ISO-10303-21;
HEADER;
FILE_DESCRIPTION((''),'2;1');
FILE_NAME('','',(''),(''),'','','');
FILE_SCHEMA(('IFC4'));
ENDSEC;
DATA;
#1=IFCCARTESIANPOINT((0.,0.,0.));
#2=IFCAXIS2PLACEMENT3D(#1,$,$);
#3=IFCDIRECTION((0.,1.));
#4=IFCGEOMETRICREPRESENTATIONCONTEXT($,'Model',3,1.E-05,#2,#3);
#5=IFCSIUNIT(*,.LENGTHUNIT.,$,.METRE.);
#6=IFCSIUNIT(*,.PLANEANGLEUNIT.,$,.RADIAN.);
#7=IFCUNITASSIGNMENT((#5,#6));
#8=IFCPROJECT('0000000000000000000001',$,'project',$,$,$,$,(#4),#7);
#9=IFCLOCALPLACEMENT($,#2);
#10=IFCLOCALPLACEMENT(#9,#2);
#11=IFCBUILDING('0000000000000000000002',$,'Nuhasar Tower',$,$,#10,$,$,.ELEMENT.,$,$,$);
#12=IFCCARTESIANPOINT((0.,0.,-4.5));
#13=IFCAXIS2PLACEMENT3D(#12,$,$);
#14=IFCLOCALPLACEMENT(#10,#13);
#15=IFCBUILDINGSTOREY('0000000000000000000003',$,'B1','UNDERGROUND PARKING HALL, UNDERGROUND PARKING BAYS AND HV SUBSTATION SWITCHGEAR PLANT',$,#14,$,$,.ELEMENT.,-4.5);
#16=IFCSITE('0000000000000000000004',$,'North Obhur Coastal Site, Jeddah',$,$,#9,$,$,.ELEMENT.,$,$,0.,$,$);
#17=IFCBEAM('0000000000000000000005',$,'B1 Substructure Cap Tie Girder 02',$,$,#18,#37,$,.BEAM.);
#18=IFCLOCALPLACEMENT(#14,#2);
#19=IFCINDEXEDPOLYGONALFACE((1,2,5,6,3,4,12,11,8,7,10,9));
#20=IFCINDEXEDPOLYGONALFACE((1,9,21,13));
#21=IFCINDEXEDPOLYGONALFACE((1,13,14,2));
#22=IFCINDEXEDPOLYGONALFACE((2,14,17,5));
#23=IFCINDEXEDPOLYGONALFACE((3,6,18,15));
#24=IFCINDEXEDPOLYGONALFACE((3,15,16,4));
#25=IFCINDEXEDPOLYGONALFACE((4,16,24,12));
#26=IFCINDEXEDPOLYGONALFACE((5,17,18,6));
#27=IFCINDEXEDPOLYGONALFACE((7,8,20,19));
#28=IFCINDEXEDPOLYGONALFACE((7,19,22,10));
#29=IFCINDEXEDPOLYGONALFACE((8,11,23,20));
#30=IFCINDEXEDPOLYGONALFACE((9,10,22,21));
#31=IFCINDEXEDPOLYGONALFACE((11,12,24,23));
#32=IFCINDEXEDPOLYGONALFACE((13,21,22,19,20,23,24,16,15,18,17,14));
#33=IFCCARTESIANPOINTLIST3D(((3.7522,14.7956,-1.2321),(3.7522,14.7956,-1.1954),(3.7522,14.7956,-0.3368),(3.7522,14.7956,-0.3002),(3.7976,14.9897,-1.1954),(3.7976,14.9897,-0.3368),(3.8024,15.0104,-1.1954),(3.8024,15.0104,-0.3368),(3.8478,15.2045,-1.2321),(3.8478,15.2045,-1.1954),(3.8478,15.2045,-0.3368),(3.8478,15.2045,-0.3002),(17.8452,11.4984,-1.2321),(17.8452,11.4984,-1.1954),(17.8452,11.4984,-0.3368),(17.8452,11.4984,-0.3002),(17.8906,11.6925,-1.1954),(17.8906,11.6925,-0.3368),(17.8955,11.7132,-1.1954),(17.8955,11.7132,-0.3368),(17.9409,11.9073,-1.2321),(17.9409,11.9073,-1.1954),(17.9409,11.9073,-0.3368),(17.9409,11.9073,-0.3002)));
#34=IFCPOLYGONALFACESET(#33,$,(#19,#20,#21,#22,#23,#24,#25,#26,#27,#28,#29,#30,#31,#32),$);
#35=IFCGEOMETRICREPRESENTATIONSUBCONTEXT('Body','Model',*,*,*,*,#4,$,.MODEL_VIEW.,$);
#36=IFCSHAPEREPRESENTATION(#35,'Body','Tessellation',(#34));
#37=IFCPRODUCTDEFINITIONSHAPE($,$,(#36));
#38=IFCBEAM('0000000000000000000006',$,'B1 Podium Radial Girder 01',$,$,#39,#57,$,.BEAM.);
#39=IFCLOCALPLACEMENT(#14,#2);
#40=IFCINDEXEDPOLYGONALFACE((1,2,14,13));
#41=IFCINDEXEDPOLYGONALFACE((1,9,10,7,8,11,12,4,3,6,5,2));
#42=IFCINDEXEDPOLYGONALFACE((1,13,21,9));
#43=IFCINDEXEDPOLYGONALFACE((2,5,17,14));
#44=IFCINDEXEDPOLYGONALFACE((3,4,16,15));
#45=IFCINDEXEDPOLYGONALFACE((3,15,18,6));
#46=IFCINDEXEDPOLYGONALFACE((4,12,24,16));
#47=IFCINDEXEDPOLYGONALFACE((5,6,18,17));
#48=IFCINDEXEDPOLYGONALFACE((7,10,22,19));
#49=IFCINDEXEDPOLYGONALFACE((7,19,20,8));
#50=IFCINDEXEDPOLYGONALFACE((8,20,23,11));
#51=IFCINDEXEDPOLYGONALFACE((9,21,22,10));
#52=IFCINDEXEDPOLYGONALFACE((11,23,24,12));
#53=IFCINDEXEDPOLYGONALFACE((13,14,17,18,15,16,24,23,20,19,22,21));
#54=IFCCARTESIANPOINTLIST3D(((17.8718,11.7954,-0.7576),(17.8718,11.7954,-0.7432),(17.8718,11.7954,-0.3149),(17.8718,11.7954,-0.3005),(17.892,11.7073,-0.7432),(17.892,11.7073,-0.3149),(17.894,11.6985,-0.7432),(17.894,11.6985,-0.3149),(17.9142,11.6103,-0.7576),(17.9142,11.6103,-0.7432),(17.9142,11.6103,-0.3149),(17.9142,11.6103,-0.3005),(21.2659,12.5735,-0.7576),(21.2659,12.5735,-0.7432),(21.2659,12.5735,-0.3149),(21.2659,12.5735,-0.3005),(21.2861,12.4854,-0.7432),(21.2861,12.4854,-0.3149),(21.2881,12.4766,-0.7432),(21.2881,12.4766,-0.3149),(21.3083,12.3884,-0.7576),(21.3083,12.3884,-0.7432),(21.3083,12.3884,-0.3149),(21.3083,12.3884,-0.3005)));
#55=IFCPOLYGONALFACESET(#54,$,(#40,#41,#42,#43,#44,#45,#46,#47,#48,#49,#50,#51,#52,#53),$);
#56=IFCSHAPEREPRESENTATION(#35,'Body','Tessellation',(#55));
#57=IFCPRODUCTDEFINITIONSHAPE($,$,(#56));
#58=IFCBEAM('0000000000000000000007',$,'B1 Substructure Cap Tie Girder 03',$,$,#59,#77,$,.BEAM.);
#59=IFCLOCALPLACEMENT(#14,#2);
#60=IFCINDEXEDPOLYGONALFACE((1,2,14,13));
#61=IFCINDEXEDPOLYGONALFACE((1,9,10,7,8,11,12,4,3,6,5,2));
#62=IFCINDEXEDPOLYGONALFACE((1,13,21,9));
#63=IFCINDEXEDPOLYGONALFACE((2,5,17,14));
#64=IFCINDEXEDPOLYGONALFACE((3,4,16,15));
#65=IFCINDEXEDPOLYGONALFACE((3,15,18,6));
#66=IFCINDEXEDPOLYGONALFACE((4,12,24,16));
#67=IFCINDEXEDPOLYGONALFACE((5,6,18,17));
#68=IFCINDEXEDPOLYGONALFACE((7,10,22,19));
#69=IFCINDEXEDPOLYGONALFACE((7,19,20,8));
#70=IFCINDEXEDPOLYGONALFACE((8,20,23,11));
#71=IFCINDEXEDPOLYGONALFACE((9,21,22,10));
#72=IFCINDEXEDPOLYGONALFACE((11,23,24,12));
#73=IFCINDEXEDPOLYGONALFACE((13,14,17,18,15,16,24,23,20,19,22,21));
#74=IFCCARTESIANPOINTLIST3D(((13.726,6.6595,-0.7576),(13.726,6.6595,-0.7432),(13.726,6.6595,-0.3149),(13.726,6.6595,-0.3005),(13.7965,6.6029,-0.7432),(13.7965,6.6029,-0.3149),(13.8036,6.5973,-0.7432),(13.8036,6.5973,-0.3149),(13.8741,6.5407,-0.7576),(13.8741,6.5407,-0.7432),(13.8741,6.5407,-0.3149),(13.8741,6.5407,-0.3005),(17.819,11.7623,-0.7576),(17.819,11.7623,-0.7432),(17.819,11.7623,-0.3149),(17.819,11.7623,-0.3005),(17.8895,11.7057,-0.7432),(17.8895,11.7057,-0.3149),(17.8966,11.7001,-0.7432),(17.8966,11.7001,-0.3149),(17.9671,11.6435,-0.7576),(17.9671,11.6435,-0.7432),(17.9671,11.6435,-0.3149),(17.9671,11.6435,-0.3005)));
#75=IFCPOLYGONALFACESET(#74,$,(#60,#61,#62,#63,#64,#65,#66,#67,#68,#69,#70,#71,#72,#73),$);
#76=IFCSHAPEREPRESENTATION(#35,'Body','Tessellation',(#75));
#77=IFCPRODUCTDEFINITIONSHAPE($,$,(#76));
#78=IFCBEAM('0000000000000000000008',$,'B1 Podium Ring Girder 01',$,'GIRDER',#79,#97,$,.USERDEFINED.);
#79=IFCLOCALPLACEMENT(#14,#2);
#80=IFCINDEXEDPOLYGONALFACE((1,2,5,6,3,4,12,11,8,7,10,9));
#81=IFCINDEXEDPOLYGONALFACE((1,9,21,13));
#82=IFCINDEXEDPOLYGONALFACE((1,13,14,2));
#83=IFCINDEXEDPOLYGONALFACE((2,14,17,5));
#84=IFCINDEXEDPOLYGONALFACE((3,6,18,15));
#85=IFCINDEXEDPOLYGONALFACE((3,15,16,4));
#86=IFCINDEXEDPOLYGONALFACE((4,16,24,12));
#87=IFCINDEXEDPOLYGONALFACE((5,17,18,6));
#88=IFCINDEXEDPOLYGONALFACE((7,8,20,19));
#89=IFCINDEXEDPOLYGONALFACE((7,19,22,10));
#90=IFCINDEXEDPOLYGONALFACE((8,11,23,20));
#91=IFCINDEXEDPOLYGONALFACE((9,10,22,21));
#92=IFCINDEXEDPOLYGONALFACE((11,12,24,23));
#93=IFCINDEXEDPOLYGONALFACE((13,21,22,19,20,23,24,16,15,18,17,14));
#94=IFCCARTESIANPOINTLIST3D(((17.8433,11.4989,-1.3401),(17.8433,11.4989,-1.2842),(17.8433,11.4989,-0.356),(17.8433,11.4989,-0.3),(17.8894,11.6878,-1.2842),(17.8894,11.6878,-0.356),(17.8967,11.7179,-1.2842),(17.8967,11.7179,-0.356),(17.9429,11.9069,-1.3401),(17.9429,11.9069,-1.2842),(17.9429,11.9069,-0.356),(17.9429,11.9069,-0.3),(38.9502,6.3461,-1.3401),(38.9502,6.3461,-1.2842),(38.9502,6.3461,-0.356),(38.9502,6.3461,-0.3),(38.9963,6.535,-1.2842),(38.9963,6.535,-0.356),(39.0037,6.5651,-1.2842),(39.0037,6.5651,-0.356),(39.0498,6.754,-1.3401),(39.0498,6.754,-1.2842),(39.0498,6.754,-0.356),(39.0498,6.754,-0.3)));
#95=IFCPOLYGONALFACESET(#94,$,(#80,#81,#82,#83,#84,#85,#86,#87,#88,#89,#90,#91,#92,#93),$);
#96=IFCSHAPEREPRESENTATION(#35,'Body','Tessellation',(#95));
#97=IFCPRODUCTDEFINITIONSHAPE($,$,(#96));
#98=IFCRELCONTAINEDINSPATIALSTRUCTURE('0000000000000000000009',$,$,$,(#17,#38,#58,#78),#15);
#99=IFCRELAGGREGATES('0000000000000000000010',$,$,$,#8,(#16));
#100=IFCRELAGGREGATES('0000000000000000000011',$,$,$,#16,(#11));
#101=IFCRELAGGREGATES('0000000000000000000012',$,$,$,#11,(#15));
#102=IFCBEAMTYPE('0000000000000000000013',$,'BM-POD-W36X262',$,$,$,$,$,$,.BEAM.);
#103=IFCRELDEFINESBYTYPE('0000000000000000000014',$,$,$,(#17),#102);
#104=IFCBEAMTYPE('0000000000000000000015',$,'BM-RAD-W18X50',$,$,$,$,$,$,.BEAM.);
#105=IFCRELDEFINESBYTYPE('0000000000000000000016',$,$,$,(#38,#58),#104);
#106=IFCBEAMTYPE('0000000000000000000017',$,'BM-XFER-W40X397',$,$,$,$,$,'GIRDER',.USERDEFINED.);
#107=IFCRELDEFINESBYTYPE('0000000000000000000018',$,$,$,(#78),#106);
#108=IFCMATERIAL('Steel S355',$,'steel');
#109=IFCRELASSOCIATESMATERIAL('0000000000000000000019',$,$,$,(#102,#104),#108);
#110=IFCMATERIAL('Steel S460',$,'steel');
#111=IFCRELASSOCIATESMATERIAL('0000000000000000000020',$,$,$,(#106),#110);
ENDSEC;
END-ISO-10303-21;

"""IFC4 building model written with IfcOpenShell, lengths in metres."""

from ifc_helpers import new_model, si_unit, direction, frame, origin, origin_2d, place, context, subcontext, project, spatial, i_section, extrude, material, material_profile, profile_set, type_object, element, save


model = new_model("IFC4")

# Units and contexts
model_context = context("Model", 3, precision=1e-05, world=origin(), true_north=direction((0.0, 1.0)))
body_context = subcontext(model_context, "Body", "Model", "MODEL_VIEW")
ifc_project = project(units=[si_unit("LENGTHUNIT", "METRE"), si_unit("PLANEANGLEUNIT", "RADIAN")], contexts=[model_context])

# Site, building, storey
site_placement = place(None, origin())
site = spatial("IfcSite", under=ifc_project, at=site_placement, Name="North Obhur Coastal Site, Jeddah", CompositionType="ELEMENT", RefElevation=0.0)
building_placement = place(site_placement, origin())
building = spatial("IfcBuilding", under=site, at=building_placement, Name="Nuhasar Tower", CompositionType="ELEMENT")
storey_placement = place(building_placement, frame((0.0, 0.0, -4.5)))
storey = spatial("IfcBuildingStorey", under=building, at=storey_placement, Name="B1", Description="UNDERGROUND PARKING HALL, UNDERGROUND PARKING BAYS AND HV SUBSTATION SWITCHGEAR PLANT", CompositionType="ELEMENT", Elevation=-4.5)

# Beams
ifc_material_1 = material(Name="Steel S355", Category="steel")
ifc_material_profile_1 = material_profile(ifc_material_1, i_section(OverallWidth=0.4199, OverallDepth=0.9319, WebThickness=0.0212, FlangeThickness=0.0366, at=origin_2d()), Name="W36X262")
ifc_profile_set_1 = profile_set([ifc_material_profile_1], Name="Steel S355")
beam_type_1 = type_object("IfcBeamType", Name="BM-POD-W36X262", PredefinedType="BEAM", material=ifc_profile_set_1)
beam_1_placement = place(storey_placement, frame((17.8931, 11.7029, -0.7661), z_axis=(-0.973707, 0.227803, 0.0), x_axis=(-0.227803, -0.973707, 0.0)))
element("IfcBeam", 1, at=beam_1_placement, inside=storey, type_object=beam_type_1, Name="B1 Substructure Cap Tie Girder 02", PredefinedType="BEAM", context=body_context, shape_type="SweptSolid", body=[
    extrude(i_section(OverallWidth=0.4199, OverallDepth=0.9319, WebThickness=0.0212, FlangeThickness=0.0366, at=origin_2d()), origin(), (0.0, 0.0, 1.0), 14.4736),
])
ifc_material_profile_2 = material_profile(ifc_material_1, i_section(OverallWidth=0.1899, OverallDepth=0.457, WebThickness=0.009, FlangeThickness=0.0144, at=origin_2d()), Name="W18X50")
ifc_profile_set_2 = profile_set([ifc_material_profile_2], Name="Steel S355")
beam_type_2 = type_object("IfcBeamType", Name="BM-RAD-W18X50", PredefinedType="BEAM", material=ifc_profile_set_2)
beam_2_placement = place(storey_placement, frame((21.2871, 12.481, -0.5291), z_axis=(-0.974715, -0.223451, 0.0), x_axis=(0.223451, -0.974715, 0.0)))
element("IfcBeam", 2, at=beam_2_placement, inside=storey, type_object=beam_type_2, Name="B1 Podium Radial Girder 01", PredefinedType="BEAM", context=body_context, shape_type="SweptSolid", body=[
    extrude(i_section(OverallWidth=0.1899, OverallDepth=0.457, WebThickness=0.009, FlangeThickness=0.0144, at=origin_2d()), origin(), (0.0, 0.0, 1.0), 3.4822),
])
beam_3_placement = place(storey_placement, frame((17.8931, 11.7029, -0.5291), z_axis=(-0.6257, -0.780063, 0.0), x_axis=(0.780063, -0.6257, 0.0)))
element("IfcBeam", 3, at=beam_3_placement, inside=storey, type_object=beam_type_2, Name="B1 Substructure Cap Tie Girder 03", PredefinedType="BEAM", context=body_context, shape_type="SweptSolid", body=[
    extrude(i_section(OverallWidth=0.1899, OverallDepth=0.457, WebThickness=0.009, FlangeThickness=0.0144, at=origin_2d()), origin(), (0.0, 0.0, 1.0), 6.5415),
])
ifc_material_2 = material(Name="Steel S460", Category="steel")
ifc_material_profile_3 = material_profile(ifc_material_2, i_section(OverallWidth=0.4199, OverallDepth=1.04, WebThickness=0.031, FlangeThickness=0.0559, at=origin_2d()), Name="W40X397")
ifc_profile_set_3 = profile_set([ifc_material_profile_3], Name="Steel S460")
beam_type_3 = type_object("IfcBeamType", Name="BM-XFER-W40X397", ElementType="GIRDER", PredefinedType="USERDEFINED", material=ifc_profile_set_3)
beam_4_placement = place(storey_placement, frame((17.8931, 11.7029, -0.8201), z_axis=(0.971469, -0.237165, 0.0), x_axis=(0.237165, 0.971469, 0.0)))
element("IfcBeam", 4, at=beam_4_placement, inside=storey, type_object=beam_type_3, Name="B1 Podium Ring Girder 01", ObjectType="GIRDER", PredefinedType="USERDEFINED", context=body_context, shape_type="SweptSolid", body=[
    extrude(i_section(OverallWidth=0.4199, OverallDepth=1.04, WebThickness=0.031, FlangeThickness=0.0559, at=origin_2d()), origin(), (0.0, 0.0, 1.0), 21.7268),
])

save(model, "model.ifc")
